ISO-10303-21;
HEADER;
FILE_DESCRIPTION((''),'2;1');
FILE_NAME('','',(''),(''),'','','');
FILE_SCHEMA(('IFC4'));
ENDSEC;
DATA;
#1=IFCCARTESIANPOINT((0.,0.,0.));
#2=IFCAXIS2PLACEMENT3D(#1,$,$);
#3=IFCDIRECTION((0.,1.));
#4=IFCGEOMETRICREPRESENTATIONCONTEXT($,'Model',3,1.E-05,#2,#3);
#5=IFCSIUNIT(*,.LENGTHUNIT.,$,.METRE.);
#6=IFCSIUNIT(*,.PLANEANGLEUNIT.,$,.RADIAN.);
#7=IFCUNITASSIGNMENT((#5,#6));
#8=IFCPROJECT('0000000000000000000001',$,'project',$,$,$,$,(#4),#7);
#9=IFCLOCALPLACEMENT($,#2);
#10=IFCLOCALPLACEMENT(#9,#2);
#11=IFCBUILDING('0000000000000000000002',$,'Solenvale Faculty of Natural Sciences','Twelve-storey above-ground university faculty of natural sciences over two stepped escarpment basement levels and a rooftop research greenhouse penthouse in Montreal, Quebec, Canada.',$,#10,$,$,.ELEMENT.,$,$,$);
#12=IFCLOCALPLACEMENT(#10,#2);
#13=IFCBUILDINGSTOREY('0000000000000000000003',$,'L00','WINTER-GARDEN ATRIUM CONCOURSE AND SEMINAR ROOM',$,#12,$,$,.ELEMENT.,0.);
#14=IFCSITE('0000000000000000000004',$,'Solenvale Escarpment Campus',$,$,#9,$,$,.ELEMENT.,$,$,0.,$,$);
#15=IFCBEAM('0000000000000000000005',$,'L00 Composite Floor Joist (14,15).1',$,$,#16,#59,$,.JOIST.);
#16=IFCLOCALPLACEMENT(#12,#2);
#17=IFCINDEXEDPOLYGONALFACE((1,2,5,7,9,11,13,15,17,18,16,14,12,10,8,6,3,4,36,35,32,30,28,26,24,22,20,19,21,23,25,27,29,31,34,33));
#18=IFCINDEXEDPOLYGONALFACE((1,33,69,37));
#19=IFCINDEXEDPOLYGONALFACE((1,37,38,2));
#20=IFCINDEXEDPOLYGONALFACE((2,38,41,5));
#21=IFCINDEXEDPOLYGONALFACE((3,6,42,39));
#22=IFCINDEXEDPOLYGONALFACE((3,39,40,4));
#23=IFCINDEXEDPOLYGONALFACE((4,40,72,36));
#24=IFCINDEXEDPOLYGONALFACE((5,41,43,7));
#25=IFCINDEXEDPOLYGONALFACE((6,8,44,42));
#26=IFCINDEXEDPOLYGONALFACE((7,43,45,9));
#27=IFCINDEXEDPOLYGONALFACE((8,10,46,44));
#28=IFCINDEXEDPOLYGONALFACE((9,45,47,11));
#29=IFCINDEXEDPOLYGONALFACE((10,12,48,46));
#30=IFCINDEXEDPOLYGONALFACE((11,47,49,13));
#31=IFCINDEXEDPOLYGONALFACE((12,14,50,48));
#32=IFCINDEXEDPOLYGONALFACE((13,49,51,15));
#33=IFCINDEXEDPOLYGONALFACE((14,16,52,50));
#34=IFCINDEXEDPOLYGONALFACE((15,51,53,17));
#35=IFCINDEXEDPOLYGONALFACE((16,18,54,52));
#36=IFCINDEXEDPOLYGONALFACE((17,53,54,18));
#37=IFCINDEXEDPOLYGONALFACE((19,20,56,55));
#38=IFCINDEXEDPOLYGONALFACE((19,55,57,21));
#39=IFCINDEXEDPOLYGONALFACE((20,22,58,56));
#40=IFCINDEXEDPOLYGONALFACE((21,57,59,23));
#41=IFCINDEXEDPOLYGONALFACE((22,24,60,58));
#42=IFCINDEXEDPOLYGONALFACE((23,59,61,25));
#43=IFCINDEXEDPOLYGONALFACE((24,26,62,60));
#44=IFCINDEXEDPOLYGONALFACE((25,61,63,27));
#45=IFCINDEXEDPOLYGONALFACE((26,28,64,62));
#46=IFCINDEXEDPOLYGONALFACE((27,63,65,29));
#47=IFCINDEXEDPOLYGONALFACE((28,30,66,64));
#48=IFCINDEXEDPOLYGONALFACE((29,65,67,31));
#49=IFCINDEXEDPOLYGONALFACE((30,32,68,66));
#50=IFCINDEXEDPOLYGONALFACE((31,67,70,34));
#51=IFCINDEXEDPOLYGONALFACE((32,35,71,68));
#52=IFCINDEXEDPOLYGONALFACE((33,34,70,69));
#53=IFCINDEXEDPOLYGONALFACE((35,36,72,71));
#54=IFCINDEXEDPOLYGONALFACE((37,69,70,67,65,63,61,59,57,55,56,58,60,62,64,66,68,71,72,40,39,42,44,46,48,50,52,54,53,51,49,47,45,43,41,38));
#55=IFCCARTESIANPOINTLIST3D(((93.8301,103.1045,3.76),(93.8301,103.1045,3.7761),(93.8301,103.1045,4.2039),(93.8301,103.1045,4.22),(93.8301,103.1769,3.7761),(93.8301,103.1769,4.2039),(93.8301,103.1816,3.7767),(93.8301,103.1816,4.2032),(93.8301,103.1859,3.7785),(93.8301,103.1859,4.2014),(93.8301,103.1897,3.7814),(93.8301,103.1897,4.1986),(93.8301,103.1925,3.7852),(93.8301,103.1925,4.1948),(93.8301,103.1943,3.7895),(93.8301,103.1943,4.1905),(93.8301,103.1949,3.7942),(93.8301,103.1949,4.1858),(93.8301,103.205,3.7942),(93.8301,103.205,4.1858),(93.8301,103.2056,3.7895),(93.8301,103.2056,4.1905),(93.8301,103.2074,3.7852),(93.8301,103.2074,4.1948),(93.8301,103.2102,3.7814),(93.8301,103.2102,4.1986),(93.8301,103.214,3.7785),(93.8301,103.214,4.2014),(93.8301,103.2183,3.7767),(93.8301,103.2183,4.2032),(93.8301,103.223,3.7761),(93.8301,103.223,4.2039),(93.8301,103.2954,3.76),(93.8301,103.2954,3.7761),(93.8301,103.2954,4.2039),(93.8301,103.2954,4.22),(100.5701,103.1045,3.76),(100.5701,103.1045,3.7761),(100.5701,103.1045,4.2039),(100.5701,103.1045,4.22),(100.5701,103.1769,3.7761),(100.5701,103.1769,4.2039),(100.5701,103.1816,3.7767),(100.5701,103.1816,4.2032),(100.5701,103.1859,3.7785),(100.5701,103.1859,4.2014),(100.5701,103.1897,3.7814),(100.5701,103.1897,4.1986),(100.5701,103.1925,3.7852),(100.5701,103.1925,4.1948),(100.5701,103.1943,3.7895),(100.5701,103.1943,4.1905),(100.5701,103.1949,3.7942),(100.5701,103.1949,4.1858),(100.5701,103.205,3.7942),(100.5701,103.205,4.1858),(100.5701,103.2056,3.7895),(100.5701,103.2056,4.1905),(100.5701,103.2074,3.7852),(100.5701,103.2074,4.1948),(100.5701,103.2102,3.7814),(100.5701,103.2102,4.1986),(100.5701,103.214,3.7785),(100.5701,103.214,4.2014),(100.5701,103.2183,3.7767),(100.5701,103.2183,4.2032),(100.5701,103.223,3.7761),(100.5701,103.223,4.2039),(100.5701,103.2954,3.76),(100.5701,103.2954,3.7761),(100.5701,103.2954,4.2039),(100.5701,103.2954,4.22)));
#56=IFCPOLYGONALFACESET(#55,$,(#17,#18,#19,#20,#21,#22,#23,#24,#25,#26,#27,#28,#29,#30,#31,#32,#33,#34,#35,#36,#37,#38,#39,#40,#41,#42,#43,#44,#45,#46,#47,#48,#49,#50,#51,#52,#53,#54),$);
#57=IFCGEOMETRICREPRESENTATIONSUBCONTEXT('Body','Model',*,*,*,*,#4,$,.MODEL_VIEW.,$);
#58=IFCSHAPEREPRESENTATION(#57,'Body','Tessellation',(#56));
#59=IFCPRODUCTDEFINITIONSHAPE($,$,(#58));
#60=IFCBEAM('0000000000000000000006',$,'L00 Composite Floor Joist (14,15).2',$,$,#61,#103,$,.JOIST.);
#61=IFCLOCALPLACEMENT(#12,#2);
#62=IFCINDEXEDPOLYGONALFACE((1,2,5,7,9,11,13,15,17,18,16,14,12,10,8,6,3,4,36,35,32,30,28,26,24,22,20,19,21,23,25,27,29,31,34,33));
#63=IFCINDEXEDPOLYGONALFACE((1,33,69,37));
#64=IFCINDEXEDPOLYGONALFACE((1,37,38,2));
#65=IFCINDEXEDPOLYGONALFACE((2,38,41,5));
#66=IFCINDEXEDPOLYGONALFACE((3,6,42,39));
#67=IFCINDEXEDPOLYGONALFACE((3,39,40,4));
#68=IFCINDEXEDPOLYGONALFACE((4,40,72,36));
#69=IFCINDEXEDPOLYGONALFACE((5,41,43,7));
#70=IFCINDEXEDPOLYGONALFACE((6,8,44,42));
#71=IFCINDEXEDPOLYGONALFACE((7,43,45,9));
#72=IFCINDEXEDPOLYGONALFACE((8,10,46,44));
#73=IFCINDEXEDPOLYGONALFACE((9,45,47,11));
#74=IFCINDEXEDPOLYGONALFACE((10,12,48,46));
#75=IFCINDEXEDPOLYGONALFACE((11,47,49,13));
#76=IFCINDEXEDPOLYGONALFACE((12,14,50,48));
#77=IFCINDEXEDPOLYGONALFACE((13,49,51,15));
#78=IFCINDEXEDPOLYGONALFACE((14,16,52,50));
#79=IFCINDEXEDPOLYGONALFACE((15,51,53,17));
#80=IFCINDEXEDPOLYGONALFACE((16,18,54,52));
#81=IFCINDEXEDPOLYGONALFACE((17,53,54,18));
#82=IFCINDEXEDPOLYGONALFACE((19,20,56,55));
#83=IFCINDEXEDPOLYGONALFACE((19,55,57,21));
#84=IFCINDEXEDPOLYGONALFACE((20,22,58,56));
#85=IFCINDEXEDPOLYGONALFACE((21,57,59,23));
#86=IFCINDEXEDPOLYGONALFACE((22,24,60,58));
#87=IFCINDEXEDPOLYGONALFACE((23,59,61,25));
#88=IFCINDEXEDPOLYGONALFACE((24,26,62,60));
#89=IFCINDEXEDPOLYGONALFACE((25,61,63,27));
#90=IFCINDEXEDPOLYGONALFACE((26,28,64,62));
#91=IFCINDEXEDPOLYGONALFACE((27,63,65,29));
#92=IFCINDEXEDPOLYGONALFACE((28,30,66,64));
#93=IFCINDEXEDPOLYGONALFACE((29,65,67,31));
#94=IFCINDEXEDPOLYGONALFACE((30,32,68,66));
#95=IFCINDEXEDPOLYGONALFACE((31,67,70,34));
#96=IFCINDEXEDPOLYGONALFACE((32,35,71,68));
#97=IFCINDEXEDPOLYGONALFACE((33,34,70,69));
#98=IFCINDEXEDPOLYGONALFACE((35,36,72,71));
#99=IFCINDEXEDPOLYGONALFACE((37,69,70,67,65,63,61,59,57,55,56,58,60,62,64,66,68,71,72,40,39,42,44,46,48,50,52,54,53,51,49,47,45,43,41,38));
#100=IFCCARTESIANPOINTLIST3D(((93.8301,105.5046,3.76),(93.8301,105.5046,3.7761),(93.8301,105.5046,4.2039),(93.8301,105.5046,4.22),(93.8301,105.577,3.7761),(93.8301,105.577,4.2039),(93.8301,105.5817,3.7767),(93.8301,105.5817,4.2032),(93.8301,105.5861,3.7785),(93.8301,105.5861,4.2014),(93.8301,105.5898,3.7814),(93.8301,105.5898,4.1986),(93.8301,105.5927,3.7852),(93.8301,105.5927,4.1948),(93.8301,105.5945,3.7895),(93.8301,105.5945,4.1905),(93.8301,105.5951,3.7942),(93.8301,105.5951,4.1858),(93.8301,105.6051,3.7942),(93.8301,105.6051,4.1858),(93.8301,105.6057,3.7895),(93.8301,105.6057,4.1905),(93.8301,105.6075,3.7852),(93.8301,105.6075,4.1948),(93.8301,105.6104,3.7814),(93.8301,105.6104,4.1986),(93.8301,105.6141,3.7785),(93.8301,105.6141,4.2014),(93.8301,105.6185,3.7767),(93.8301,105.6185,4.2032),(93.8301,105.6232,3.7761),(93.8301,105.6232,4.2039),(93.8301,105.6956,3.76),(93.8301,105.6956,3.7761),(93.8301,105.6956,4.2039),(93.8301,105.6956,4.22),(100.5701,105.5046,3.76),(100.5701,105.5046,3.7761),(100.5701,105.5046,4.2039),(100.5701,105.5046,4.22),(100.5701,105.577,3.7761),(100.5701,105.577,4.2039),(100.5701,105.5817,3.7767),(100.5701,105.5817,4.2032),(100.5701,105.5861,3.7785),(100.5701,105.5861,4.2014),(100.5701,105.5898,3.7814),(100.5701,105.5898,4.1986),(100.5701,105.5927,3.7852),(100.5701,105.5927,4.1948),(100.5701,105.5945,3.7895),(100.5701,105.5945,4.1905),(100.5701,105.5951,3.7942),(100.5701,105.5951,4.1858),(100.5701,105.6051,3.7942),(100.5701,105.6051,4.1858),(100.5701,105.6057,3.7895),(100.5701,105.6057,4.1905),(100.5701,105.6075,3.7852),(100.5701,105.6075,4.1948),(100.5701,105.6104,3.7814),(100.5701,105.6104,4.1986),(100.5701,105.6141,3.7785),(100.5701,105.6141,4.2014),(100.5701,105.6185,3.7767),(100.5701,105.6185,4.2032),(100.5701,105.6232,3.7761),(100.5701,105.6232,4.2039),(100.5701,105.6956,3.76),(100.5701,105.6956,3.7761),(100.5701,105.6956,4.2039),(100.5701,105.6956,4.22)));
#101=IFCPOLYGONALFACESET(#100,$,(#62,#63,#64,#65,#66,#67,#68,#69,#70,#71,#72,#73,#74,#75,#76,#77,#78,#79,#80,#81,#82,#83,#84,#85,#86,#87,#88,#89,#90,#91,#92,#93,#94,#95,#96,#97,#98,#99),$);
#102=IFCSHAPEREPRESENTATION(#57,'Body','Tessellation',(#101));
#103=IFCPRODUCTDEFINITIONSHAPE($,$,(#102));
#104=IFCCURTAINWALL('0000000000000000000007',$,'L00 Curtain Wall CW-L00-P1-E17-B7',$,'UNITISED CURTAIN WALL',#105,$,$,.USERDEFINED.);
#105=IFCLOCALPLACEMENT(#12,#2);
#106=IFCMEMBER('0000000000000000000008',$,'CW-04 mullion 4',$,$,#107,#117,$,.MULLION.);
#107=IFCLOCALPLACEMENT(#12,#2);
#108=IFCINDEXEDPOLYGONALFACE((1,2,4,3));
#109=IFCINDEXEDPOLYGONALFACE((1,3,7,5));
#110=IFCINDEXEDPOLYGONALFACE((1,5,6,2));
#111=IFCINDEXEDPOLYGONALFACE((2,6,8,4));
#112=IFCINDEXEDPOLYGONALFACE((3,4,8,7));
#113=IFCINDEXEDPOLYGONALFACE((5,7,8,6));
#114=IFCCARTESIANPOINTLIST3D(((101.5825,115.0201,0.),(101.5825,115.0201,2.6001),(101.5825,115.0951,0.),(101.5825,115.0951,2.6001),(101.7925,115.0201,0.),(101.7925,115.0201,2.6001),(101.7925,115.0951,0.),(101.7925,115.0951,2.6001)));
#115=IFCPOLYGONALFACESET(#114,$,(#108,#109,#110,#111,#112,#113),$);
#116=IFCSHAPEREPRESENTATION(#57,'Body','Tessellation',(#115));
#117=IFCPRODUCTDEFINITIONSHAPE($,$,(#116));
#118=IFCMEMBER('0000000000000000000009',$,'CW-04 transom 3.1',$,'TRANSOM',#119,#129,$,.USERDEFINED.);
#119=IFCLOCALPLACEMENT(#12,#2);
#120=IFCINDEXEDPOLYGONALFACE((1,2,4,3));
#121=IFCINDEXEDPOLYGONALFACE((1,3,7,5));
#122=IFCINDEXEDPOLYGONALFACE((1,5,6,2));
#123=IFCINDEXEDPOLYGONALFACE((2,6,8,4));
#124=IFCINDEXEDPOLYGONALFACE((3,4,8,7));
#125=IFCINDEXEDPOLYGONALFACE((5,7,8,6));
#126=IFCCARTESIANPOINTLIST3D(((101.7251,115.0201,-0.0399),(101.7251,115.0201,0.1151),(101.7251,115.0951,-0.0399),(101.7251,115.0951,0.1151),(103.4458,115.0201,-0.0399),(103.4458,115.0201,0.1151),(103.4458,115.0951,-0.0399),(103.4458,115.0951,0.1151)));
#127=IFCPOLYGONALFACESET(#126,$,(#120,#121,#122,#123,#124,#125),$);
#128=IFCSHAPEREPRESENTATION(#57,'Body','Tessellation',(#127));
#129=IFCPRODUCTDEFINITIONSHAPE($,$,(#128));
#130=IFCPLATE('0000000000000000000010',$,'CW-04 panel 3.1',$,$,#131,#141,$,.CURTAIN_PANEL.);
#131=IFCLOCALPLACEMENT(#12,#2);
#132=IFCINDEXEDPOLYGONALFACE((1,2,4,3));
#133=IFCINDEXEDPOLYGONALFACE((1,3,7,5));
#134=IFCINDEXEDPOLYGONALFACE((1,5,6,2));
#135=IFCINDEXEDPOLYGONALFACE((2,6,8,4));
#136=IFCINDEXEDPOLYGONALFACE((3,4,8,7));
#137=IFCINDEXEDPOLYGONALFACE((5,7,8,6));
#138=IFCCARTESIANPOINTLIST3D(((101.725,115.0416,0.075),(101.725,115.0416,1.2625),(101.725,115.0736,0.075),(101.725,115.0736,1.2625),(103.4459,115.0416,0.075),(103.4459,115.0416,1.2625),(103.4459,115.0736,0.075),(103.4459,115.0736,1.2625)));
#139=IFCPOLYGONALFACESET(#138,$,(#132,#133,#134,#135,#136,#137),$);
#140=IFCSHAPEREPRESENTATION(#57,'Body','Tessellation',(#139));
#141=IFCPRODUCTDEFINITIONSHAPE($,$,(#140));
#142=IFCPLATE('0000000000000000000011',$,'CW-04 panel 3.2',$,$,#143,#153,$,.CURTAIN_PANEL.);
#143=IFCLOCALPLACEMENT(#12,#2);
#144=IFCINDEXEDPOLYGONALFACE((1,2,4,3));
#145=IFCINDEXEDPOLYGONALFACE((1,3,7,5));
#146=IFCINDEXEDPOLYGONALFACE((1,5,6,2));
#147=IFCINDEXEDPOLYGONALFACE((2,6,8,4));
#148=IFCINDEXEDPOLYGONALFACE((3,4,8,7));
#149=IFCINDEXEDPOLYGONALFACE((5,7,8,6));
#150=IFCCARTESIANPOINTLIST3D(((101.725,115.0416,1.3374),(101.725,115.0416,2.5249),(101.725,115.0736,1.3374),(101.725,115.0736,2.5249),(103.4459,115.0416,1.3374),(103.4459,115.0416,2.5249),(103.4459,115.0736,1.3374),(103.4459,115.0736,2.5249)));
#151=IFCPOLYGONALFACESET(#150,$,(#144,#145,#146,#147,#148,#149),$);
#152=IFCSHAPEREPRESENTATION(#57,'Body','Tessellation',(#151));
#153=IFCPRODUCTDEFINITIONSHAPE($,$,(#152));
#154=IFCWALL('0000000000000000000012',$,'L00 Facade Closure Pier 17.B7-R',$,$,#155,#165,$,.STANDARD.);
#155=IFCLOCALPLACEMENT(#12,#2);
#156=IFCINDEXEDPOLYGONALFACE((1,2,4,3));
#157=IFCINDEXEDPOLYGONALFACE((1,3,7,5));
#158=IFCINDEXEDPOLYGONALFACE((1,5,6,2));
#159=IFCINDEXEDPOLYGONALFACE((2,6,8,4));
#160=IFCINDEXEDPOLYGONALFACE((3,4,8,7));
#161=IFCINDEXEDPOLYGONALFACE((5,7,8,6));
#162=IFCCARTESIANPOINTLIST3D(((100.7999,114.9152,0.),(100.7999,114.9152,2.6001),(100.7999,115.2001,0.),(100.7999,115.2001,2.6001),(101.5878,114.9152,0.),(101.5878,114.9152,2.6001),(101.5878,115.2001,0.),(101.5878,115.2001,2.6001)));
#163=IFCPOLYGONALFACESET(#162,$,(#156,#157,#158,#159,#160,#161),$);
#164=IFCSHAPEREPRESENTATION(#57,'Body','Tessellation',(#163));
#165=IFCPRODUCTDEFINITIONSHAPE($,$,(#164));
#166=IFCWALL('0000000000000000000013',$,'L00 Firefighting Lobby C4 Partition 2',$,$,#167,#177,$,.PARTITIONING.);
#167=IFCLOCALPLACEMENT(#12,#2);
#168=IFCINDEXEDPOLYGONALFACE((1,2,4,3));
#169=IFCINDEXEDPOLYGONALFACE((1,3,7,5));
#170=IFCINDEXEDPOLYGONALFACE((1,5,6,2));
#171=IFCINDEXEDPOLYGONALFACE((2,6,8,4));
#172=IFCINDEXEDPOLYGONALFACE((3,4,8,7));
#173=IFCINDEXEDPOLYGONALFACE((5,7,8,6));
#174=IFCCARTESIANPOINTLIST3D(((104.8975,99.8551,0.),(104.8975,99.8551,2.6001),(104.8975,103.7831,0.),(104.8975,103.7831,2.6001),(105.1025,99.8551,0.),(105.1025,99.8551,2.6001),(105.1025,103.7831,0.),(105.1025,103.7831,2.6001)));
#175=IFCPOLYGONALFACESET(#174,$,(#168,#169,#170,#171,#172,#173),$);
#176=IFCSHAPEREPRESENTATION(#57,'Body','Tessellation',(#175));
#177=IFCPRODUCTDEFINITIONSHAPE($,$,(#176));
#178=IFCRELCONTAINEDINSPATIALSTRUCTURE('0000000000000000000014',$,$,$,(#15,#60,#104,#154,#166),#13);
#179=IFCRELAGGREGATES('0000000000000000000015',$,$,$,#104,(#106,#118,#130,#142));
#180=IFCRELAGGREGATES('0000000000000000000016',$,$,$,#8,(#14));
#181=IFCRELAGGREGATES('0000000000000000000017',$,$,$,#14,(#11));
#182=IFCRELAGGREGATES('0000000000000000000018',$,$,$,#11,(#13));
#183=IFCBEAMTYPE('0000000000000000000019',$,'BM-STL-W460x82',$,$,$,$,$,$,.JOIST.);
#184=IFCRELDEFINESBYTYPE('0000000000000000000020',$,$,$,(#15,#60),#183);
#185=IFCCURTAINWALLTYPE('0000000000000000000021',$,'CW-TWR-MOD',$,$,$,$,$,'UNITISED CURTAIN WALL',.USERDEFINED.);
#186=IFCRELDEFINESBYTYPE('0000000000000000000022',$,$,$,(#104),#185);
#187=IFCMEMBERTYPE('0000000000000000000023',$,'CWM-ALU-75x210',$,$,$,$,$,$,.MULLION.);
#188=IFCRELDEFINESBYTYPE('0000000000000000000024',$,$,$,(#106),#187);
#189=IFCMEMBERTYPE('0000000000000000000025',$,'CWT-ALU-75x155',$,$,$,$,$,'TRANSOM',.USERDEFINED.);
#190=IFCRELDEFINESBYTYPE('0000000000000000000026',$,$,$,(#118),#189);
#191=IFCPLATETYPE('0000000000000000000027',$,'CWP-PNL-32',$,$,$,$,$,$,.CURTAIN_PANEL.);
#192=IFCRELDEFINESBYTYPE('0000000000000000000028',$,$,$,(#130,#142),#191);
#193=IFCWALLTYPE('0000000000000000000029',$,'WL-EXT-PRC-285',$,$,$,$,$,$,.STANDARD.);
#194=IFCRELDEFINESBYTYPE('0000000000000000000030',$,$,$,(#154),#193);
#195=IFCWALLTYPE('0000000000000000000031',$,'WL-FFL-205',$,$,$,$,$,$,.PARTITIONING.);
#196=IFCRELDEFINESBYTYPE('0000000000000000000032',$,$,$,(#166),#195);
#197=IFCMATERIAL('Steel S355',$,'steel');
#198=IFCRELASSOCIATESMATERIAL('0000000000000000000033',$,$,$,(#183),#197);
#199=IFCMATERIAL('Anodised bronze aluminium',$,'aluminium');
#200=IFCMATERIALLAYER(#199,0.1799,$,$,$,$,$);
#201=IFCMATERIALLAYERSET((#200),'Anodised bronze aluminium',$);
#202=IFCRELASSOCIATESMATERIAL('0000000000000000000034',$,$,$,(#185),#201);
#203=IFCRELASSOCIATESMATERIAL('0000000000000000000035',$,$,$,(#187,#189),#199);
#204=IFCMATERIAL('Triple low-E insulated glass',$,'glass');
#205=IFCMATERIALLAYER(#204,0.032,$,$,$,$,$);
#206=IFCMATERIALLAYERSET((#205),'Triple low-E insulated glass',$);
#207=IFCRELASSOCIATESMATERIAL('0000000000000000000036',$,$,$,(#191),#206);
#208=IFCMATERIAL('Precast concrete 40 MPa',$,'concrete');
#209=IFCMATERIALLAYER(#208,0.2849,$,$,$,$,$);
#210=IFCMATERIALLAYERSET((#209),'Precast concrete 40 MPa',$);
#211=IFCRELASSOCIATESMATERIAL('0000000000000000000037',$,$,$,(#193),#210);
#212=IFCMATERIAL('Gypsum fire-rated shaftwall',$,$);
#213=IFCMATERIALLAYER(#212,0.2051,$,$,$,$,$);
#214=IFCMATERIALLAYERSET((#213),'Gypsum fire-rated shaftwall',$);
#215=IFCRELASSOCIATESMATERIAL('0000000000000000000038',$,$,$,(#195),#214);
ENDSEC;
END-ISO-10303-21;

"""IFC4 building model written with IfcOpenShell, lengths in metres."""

from ifc_helpers import new_model, si_unit, direction, frame, frame_2d, origin, origin_2d, place, context, subcontext, project, spatial, rectangle, i_section, extrude, material, layer, layer_set, material_profile, profile_set, type_object, element, aggregate, save


model = new_model("IFC4")

# Units and contexts
model_context = context("Model", 3, precision=1e-05, world=origin(), true_north=direction((0.0, 1.0)))
body_context = subcontext(model_context, "Body", "Model", "MODEL_VIEW")
ifc_project = project(units=[si_unit("LENGTHUNIT", "METRE"), si_unit("PLANEANGLEUNIT", "RADIAN")], contexts=[model_context])

# Site, building, storey
site_placement = place(None, origin())
site = spatial("IfcSite", under=ifc_project, at=site_placement, Name="Solenvale Escarpment Campus", CompositionType="ELEMENT", RefElevation=0.0)
building_placement = place(site_placement, origin())
building = spatial("IfcBuilding", under=site, at=building_placement, Name="Solenvale Faculty of Natural Sciences", Description="Twelve-storey above-ground university faculty of natural sciences over two stepped escarpment basement levels and a rooftop research greenhouse penthouse in Montreal, Quebec, Canada.", CompositionType="ELEMENT")
storey_placement = place(building_placement, origin())
storey = spatial("IfcBuildingStorey", under=building, at=storey_placement, Name="L00", Description="WINTER-GARDEN ATRIUM CONCOURSE AND SEMINAR ROOM", CompositionType="ELEMENT", Elevation=0.0)

# Beams
ifc_material_1 = material(Name="Steel S355", Category="steel")
ifc_material_profile_1 = material_profile(ifc_material_1, i_section(OverallWidth=0.1909, OverallDepth=0.46, WebThickness=0.01, FlangeThickness=0.0161, FilletRadius=0.0181, at=origin_2d()), Name="W460x82")
ifc_profile_set_1 = profile_set([ifc_material_profile_1], Name="Steel S355")
beam_type_1 = type_object("IfcBeamType", Name="BM-STL-W460x82", PredefinedType="JOIST", material=ifc_profile_set_1)
for number, where, z_axis, x_axis, name in (
    (1, (93.8301, 103.2, 3.99), (1.0, 0.0, 0.0), (0.0, 1.0, 0.0), "L00 Composite Floor Joist (14,15).1"),
    (2, (93.8301, 105.6001, 3.99), (1.0, 0.0, 0.0), (0.0, 1.0, 0.0), "L00 Composite Floor Joist (14,15).2"),
):
    element("IfcBeam", number, at=place(storey_placement, frame(where, z_axis=z_axis, x_axis=x_axis)), inside=storey, type_object=beam_type_1, Name=name, PredefinedType="JOIST", context=body_context, shape_type="SweptSolid", body=[
        extrude(i_section(OverallWidth=0.1909, OverallDepth=0.46, WebThickness=0.01, FlangeThickness=0.0161, FilletRadius=0.0181, at=origin_2d()), origin(), (0.0, 0.0, 1.0), 6.74),
    ])

# Curtain wall, members, plates
ifc_material_2 = material(Name="Anodised bronze aluminium", Category="aluminium")
ifc_layer_1 = layer(ifc_material_2, 0.1799)
ifc_layer_set_1 = layer_set([ifc_layer_1], Name="Anodised bronze aluminium")
curtain_wall_type = type_object("IfcCurtainWallType", Name="CW-TWR-MOD", ElementType="UNITISED CURTAIN WALL", PredefinedType="USERDEFINED", material=ifc_layer_set_1)
curtain_wall_placement = place(storey_placement, origin())
curtain_wall = element("IfcCurtainWall", 3, at=curtain_wall_placement, inside=storey, type_object=curtain_wall_type, Name="L00 Curtain Wall CW-L00-P1-E17-B7", ObjectType="UNITISED CURTAIN WALL", PredefinedType="USERDEFINED")
ifc_material_profile_2 = material_profile(ifc_material_2, rectangle(XDim=0.075, YDim=0.21, at=origin_2d()), Name="ALU-MUL-75x210")
ifc_profile_set_2 = profile_set([ifc_material_profile_2], Name="Anodised bronze aluminium")
member_type_1 = type_object("IfcMemberType", Name="CWM-ALU-75x210", PredefinedType="MULLION", material=ifc_profile_set_2)
member_1_placement = place(storey_placement, frame((101.6875, 115.0576, 0.0), z_axis=(0.0, 0.0, 1.0), x_axis=(0.0, -1.0, 0.0)))
member_1 = element("IfcMember", 4, at=member_1_placement, type_object=member_type_1, Name="CW-04 mullion 4", PredefinedType="MULLION", context=body_context, shape_type="SweptSolid", body=[
    extrude(rectangle(XDim=0.075, YDim=0.21, at=origin_2d()), origin(), (0.0, 0.0, 1.0), 2.6001),
])
ifc_material_profile_3 = material_profile(ifc_material_2, rectangle(XDim=0.075, YDim=0.155, at=origin_2d()), Name="ALU-TRN-75x155")
ifc_profile_set_3 = profile_set([ifc_material_profile_3], Name="Anodised bronze aluminium")
member_type_2 = type_object("IfcMemberType", Name="CWT-ALU-75x155", ElementType="TRANSOM", PredefinedType="USERDEFINED", material=ifc_profile_set_3)
member_2_placement = place(storey_placement, frame((103.4458, 115.0576, 0.0376), z_axis=(-1.0, 0.0, 0.0), x_axis=(0.0, -1.0, 0.0)))
member_2 = element("IfcMember", 5, at=member_2_placement, type_object=member_type_2, Name="CW-04 transom 3.1", ObjectType="TRANSOM", PredefinedType="USERDEFINED", context=body_context, shape_type="SweptSolid", body=[
    extrude(rectangle(XDim=0.075, YDim=0.155, at=origin_2d()), origin(), (0.0, 0.0, 1.0), 1.7207),
])
ifc_material_3 = material(Name="Triple low-E insulated glass", Category="glass")
ifc_layer_2 = layer(ifc_material_3, 0.032)
ifc_layer_set_2 = layer_set([ifc_layer_2], Name="Triple low-E insulated glass")
plate_type = type_object("IfcPlateType", Name="CWP-PNL-32", PredefinedType="CURTAIN_PANEL", material=ifc_layer_set_2)
plate_1_placement = place(storey_placement, frame((102.5854, 115.0576, 0.075), z_axis=(0.0, 0.0, 1.0), x_axis=(-1.0, 0.0, 0.0)))
plate_1 = element("IfcPlate", 6, at=plate_1_placement, type_object=plate_type, Name="CW-04 panel 3.1", PredefinedType="CURTAIN_PANEL", context=body_context, shape_type="SweptSolid", body=[
    extrude(rectangle(XDim=1.7209, YDim=0.032, at=origin_2d()), origin(), (0.0, 0.0, 1.0), 1.1875),
])
plate_2_placement = place(storey_placement, frame((102.5854, 115.0576, 1.3374), z_axis=(0.0, 0.0, 1.0), x_axis=(-1.0, 0.0, 0.0)))
plate_2 = element("IfcPlate", 7, at=plate_2_placement, type_object=plate_type, Name="CW-04 panel 3.2", PredefinedType="CURTAIN_PANEL", context=body_context, shape_type="SweptSolid", body=[
    extrude(rectangle(XDim=1.7209, YDim=0.032, at=origin_2d()), origin(), (0.0, 0.0, 1.0), 1.1875),
])
aggregate(curtain_wall, [member_1, member_2, plate_1, plate_2])

# Wall
ifc_material_4 = material(Name="Precast concrete 40 MPa", Category="concrete")
ifc_layer_3 = layer(ifc_material_4, 0.2849)
ifc_layer_set_3 = layer_set([ifc_layer_3], Name="Precast concrete 40 MPa")
wall_type_1 = type_object("IfcWallType", Name="WL-EXT-PRC-285", PredefinedType="STANDARD", material=ifc_layer_set_3)
wall_1_placement = place(storey_placement, frame((101.5879, 115.0576, 0.0), z_axis=(0.0, 0.0, 1.0), x_axis=(-1.0, 0.0, 0.0)))
element("IfcWall", 8, at=wall_1_placement, inside=storey, type_object=wall_type_1, Name="L00 Facade Closure Pier 17.B7-R", PredefinedType="STANDARD", context=body_context, shape_type="SweptSolid", body=[
    extrude(rectangle(XDim=0.7878, YDim=0.2849, at=frame_2d((0.394, 0.0))), origin(), (0.0, 0.0, 1.0), 2.6001),
])

# Shared definitions
ifc_material_5 = material(Name="Gypsum fire-rated shaftwall")
ifc_layer_4 = layer(ifc_material_5, 0.2051)
ifc_layer_set_4 = layer_set([ifc_layer_4], Name="Gypsum fire-rated shaftwall")
wall_type_2 = type_object("IfcWallType", Name="WL-FFL-205", PredefinedType="PARTITIONING", material=ifc_layer_set_4)

# Wall
wall_2_placement = place(storey_placement, frame((105.0, 103.783, 0.0), z_axis=(0.0, 0.0, 1.0), x_axis=(0.0, -1.0, 0.0)))
element("IfcWall", 9, at=wall_2_placement, inside=storey, type_object=wall_type_2, Name="L00 Firefighting Lobby C4 Partition 2", PredefinedType="PARTITIONING", context=body_context, shape_type="SweptSolid", body=[
    extrude(rectangle(XDim=3.928, YDim=0.2051, at=frame_2d((1.9639, 0.0))), origin(), (0.0, 0.0, 1.0), 2.6001),
])

save(model, "model.ifc")
